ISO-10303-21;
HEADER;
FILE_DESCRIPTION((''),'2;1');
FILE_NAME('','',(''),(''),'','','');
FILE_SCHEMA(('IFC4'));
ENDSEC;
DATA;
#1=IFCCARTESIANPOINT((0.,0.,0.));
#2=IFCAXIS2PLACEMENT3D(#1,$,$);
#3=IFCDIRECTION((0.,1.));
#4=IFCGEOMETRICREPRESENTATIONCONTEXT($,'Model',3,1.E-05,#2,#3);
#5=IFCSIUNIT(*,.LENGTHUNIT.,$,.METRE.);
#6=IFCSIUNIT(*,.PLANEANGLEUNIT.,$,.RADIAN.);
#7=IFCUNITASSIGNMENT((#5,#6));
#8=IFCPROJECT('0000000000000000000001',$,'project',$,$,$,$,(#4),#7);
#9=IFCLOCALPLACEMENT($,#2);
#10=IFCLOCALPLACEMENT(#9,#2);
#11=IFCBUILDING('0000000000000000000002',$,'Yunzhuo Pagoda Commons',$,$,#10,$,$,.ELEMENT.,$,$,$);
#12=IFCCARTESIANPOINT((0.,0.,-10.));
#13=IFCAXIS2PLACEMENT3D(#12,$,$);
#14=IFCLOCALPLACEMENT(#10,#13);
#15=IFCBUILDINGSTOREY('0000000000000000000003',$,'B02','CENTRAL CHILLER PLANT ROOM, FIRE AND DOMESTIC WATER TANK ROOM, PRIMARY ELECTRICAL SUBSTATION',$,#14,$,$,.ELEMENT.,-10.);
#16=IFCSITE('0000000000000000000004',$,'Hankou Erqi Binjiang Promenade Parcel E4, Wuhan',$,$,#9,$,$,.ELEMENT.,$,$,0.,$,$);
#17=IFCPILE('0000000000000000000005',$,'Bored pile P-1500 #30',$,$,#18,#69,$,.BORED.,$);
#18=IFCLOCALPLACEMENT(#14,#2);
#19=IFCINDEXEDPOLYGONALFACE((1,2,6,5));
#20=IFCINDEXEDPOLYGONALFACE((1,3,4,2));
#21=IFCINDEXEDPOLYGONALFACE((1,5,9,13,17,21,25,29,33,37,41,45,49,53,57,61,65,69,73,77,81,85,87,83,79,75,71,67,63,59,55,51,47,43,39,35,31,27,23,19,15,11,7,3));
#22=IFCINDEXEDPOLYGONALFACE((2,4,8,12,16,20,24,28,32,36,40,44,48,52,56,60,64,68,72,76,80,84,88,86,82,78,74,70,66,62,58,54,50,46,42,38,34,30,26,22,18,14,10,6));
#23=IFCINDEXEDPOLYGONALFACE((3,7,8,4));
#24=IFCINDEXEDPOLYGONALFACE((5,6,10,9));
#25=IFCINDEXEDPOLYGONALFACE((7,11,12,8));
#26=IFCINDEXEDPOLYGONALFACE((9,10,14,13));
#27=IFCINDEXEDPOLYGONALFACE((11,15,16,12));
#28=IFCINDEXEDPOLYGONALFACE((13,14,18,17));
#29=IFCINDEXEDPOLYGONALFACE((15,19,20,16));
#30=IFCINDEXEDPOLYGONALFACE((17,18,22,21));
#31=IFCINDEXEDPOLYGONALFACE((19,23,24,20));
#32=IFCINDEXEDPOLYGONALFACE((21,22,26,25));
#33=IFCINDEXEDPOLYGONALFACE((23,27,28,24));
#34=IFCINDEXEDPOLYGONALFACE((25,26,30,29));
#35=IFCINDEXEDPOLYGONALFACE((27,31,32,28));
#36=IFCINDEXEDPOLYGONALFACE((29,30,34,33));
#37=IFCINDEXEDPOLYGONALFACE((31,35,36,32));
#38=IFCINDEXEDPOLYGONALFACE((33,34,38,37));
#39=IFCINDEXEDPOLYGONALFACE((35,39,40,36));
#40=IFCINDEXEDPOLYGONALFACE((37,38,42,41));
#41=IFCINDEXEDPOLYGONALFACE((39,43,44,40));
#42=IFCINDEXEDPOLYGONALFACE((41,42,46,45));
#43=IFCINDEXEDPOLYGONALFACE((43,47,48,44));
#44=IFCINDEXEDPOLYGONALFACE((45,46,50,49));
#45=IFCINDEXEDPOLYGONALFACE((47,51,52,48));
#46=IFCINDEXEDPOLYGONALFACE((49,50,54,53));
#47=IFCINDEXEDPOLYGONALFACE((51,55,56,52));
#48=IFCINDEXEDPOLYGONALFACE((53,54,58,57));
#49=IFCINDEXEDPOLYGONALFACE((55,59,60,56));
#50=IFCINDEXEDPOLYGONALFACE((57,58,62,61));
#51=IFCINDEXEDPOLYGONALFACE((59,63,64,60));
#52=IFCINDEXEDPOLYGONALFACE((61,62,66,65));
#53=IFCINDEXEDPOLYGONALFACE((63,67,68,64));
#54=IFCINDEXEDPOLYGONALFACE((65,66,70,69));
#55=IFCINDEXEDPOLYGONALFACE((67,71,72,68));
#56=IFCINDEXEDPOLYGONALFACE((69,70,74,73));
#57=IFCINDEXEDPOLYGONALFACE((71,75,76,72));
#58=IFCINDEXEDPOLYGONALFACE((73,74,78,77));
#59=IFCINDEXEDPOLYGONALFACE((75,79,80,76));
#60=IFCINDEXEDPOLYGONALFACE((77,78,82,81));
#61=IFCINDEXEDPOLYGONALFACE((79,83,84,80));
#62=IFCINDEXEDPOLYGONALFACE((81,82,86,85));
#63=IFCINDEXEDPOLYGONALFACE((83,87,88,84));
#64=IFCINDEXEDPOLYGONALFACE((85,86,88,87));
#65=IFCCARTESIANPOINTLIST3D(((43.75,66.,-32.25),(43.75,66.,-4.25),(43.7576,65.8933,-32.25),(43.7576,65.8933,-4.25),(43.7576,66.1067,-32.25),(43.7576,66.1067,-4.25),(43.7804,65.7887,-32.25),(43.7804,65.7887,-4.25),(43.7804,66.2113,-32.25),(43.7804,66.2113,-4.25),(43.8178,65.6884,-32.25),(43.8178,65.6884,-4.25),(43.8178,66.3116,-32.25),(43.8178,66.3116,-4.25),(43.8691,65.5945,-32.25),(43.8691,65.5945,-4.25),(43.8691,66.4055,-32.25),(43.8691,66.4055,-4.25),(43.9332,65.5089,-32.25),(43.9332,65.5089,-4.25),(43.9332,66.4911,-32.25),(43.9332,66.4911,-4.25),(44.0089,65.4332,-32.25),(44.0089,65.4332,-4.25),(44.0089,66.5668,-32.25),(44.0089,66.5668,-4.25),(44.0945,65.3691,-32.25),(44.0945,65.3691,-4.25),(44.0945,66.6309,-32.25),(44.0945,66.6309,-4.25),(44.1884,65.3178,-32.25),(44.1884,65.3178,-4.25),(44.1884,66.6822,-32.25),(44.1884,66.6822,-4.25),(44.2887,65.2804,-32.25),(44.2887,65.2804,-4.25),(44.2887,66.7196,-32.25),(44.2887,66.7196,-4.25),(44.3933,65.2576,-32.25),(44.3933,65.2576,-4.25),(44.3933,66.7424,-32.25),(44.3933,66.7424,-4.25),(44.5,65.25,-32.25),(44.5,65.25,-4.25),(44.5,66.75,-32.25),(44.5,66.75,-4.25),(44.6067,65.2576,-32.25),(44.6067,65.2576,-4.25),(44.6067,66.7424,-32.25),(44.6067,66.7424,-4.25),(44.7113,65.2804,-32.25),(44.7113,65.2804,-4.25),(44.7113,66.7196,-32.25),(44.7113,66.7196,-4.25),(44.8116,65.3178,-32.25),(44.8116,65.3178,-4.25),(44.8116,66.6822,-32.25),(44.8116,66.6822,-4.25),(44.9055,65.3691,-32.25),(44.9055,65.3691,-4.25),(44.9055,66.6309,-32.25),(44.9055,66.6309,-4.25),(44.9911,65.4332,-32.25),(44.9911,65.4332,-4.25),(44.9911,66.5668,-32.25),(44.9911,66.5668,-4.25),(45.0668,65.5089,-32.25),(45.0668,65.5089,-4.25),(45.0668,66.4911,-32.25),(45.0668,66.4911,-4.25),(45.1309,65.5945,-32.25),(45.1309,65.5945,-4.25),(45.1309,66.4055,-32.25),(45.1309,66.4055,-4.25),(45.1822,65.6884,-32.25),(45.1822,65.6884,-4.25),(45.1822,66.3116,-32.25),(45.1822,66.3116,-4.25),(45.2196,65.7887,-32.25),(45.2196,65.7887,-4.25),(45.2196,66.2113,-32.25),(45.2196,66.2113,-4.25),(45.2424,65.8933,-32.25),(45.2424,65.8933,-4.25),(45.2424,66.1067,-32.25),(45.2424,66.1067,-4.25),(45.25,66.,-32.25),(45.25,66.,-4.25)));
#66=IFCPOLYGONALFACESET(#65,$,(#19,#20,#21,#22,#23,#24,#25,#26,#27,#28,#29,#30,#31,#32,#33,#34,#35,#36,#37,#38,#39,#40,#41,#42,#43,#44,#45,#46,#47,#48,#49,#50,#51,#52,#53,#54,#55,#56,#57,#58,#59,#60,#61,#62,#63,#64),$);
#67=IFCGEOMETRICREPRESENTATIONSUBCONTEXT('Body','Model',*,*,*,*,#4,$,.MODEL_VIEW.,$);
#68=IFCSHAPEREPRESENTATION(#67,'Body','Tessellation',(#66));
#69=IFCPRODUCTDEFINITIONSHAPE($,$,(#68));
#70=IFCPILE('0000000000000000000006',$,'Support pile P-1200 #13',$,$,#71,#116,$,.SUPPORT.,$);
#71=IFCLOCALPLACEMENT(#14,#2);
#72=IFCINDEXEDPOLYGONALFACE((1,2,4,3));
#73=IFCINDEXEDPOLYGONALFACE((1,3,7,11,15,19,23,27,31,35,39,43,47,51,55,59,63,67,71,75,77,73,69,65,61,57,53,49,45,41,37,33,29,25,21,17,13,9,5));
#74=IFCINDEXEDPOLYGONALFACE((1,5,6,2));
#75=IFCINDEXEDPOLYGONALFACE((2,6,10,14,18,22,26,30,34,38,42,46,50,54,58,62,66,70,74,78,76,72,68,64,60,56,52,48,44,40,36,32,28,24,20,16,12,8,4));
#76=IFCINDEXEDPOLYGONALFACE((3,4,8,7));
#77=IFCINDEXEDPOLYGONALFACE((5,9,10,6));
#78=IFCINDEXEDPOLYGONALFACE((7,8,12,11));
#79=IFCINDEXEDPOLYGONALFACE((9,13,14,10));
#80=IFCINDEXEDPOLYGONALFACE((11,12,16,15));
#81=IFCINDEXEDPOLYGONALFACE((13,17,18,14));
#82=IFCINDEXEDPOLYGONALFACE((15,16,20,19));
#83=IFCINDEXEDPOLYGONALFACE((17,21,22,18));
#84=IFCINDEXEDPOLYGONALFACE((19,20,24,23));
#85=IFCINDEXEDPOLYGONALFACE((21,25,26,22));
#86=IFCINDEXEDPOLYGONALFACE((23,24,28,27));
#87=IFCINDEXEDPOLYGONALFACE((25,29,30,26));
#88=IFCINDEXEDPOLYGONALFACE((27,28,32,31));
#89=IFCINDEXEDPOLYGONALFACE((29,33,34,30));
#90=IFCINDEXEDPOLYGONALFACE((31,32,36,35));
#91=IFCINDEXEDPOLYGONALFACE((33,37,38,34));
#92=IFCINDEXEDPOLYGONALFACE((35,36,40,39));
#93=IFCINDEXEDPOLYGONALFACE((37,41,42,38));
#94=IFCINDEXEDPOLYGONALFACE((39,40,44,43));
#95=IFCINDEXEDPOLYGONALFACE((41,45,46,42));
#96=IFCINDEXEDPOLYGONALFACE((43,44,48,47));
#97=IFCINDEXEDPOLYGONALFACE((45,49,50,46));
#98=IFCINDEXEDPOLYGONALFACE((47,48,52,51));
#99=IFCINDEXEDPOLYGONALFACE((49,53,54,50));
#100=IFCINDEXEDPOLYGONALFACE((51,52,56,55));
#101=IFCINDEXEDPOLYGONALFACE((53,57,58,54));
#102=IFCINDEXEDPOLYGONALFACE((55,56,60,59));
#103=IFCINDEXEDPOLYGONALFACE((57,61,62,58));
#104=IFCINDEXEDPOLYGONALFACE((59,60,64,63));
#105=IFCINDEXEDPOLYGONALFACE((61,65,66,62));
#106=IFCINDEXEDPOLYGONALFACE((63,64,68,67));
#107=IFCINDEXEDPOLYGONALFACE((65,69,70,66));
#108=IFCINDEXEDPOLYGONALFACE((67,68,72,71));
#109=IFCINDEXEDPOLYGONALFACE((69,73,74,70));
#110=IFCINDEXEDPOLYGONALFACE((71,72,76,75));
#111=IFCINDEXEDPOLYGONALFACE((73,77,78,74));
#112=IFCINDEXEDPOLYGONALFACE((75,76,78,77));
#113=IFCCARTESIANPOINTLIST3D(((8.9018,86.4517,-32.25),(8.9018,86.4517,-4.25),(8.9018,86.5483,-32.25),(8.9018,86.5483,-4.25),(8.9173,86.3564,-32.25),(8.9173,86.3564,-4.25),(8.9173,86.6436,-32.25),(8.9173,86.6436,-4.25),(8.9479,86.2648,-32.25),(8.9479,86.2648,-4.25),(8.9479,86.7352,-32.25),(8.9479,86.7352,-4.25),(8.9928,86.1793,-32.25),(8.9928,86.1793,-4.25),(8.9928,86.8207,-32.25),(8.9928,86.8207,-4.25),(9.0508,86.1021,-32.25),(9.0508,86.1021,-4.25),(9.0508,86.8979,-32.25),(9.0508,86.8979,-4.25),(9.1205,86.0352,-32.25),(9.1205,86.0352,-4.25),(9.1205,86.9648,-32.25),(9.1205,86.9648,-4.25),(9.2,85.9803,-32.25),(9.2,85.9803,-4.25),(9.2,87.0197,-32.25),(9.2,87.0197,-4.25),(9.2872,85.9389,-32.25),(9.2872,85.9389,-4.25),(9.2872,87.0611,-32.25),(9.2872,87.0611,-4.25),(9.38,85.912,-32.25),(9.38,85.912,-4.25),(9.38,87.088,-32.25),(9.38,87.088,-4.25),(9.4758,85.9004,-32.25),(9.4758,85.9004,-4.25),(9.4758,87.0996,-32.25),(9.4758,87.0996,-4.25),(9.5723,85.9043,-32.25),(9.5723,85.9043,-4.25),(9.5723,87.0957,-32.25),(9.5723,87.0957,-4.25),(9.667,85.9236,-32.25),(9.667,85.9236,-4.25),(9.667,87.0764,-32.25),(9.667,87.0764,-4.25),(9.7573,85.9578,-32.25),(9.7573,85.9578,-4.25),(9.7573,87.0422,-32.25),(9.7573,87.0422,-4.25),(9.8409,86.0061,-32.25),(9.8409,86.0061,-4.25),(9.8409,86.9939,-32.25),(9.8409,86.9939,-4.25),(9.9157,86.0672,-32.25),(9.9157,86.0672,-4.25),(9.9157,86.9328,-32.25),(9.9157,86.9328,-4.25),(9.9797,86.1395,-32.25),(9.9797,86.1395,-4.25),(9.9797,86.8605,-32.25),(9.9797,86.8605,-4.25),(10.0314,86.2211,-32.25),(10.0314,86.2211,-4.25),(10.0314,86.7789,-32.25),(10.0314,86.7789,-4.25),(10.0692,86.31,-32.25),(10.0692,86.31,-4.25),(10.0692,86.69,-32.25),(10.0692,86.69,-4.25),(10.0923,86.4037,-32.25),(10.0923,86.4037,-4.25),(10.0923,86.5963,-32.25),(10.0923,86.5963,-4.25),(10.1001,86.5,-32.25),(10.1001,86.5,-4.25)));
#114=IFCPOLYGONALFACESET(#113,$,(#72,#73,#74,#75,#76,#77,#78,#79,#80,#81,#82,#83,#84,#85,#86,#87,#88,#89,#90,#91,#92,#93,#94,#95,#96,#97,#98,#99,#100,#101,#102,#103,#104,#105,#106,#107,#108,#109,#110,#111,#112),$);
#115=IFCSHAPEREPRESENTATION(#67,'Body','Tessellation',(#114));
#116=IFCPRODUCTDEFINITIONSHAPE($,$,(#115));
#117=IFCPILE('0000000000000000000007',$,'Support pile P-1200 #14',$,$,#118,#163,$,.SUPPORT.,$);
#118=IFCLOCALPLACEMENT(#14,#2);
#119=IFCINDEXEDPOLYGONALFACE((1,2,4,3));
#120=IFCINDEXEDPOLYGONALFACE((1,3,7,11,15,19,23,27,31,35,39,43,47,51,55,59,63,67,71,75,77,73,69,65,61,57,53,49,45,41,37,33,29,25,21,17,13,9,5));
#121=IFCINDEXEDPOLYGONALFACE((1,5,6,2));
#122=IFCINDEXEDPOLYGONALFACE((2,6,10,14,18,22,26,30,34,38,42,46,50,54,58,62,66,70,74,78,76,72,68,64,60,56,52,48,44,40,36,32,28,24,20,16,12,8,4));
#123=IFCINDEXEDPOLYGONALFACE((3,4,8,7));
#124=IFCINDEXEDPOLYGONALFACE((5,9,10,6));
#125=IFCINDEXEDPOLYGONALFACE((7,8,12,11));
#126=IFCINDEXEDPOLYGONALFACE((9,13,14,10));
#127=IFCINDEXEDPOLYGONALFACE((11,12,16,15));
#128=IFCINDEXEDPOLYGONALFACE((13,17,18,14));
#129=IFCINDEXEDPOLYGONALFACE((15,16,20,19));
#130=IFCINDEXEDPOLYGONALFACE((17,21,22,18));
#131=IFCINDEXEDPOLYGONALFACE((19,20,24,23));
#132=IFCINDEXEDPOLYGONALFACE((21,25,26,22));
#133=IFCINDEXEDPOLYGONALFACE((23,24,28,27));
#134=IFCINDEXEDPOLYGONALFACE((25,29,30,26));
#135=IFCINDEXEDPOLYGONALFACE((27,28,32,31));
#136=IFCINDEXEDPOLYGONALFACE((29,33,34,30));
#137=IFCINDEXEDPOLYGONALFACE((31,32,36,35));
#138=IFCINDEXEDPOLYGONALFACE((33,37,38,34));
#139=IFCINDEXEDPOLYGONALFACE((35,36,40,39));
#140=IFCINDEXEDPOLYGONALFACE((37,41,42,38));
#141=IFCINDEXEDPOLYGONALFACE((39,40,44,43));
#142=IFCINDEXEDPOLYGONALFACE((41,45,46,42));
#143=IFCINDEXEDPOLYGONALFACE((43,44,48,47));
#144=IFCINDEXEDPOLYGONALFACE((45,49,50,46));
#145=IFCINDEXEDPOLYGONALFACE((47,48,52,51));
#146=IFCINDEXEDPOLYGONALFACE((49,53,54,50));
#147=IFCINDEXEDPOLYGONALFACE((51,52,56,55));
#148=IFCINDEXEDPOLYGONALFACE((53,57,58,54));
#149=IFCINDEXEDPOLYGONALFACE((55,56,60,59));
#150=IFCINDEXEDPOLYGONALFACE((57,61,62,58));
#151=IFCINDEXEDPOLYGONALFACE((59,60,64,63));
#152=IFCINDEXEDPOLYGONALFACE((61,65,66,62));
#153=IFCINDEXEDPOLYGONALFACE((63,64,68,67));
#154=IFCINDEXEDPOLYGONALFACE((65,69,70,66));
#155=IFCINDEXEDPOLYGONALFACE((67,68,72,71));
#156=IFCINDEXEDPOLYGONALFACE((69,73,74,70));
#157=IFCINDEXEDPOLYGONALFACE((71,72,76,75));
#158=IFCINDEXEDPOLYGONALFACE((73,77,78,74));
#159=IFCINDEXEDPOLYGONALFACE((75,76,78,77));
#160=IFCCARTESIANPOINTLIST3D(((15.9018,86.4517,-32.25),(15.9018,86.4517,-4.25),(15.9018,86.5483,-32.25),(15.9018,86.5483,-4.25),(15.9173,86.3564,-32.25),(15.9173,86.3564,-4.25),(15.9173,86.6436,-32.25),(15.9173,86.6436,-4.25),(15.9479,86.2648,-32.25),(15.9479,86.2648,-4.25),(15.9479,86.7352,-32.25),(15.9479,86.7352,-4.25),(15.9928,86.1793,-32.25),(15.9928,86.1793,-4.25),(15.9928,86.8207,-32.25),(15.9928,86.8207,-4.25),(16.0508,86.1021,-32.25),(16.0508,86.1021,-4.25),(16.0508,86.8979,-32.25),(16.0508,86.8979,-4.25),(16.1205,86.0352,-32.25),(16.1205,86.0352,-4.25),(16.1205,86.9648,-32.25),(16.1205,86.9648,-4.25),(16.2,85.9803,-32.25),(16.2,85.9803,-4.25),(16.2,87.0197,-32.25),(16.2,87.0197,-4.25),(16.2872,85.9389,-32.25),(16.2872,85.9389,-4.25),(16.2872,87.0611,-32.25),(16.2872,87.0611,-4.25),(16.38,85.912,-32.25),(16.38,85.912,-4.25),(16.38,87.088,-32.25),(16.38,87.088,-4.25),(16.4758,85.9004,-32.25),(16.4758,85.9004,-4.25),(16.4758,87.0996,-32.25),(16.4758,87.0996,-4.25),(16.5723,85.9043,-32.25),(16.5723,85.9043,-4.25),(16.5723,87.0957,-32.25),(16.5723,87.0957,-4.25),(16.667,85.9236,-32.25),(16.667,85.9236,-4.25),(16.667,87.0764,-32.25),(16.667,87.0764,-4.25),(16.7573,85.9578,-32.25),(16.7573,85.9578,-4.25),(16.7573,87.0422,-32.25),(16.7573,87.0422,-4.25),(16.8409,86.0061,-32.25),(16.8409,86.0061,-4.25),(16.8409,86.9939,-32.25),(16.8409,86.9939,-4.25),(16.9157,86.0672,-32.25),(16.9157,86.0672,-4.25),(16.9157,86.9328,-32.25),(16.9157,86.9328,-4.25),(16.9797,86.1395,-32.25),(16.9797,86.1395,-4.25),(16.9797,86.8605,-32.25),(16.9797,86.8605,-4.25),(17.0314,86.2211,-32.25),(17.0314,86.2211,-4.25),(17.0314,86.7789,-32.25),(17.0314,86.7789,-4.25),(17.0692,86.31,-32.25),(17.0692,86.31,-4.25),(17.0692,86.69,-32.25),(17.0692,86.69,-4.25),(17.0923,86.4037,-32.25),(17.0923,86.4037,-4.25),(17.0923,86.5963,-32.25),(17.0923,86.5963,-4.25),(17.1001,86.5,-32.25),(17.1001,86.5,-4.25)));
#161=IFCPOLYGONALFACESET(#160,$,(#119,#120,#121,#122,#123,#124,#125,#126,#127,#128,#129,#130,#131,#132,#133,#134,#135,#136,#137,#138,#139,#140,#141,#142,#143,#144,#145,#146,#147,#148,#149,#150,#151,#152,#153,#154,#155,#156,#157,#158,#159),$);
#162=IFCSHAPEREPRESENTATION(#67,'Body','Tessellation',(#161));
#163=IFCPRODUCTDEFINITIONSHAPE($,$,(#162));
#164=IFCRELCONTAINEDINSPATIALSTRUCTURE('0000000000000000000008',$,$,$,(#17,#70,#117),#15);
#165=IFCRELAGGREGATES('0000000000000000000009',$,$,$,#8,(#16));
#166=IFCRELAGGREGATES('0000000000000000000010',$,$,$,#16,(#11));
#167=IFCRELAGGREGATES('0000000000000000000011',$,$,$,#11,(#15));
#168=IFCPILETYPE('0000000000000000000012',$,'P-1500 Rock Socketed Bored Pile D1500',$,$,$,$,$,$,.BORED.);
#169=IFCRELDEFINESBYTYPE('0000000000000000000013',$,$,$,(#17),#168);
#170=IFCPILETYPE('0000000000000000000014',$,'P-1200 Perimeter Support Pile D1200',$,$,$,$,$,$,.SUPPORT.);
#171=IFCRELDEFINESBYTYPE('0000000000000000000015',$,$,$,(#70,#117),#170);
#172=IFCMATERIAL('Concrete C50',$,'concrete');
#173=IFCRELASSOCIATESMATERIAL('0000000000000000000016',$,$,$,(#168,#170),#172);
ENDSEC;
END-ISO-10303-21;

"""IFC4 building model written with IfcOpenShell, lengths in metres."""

from ifc_helpers import new_model, si_unit, direction, frame, origin, origin_2d, place, context, subcontext, project, spatial, circle, extrude, source, transform, mapped, material, material_profile, profile_set, type_object, element, save


model = new_model("IFC4")

# Units and contexts
model_context = context("Model", 3, precision=1e-05, world=origin(), true_north=direction((0.0, 1.0)))
body_context = subcontext(model_context, "Body", "Model", "MODEL_VIEW")
ifc_project = project(units=[si_unit("LENGTHUNIT", "METRE"), si_unit("PLANEANGLEUNIT", "RADIAN")], contexts=[model_context])

# Site, building, storey
site_placement = place(None, origin())
site = spatial("IfcSite", under=ifc_project, at=site_placement, Name="Hankou Erqi Binjiang Promenade Parcel E4, Wuhan", CompositionType="ELEMENT", RefElevation=0.0)
building_placement = place(site_placement, origin())
building = spatial("IfcBuilding", under=site, at=building_placement, Name="Yunzhuo Pagoda Commons", CompositionType="ELEMENT")
storey_placement = place(building_placement, frame((0.0, 0.0, -10.0)))
storey = spatial("IfcBuildingStorey", under=building, at=storey_placement, Name="B02", Description="CENTRAL CHILLER PLANT ROOM, FIRE AND DOMESTIC WATER TANK ROOM, PRIMARY ELECTRICAL SUBSTATION", CompositionType="ELEMENT", Elevation=-10.0)

# Piles
ifc_material_1 = material(Name="Concrete C50", Category="concrete")
ifc_material_profile_1 = material_profile(ifc_material_1, circle(Radius=0.75, at=origin_2d()), Name="Concrete C50")
ifc_profile_set_1 = profile_set([ifc_material_profile_1], Name="Concrete C50")
pile_type_1 = type_object("IfcPileType", Name="P-1500 Rock Socketed Bored Pile D1500", PredefinedType="BORED", material=ifc_profile_set_1)
shared_shape_1 = source(origin(), body_context, "Body", "SweptSolid", [
    extrude(circle(Radius=0.75, at=origin_2d()), origin(), (0.0, 0.0, 1.0), 28.0),
])
for number, where, z_axis, x_axis, name in (
    (1, (44.5, 66.0, -4.25), (0.0, 0.0, -1.0), (1.0, 0.0, 0.0), "Bored pile P-1500 #30"),
):
    element("IfcPile", number, at=place(storey_placement, frame(where, z_axis=z_axis, x_axis=x_axis)), inside=storey, type_object=pile_type_1, Name=name, PredefinedType="BORED", context=body_context, shape_type="MappedRepresentation", body=[
        mapped(shared_shape_1, transform((0.0, 0.0, 0.0), scale=1.0)),
    ])
ifc_material_profile_2 = material_profile(ifc_material_1, circle(Radius=0.6001, at=origin_2d()), Name="Concrete C50")
ifc_profile_set_2 = profile_set([ifc_material_profile_2], Name="Concrete C50")
pile_type_2 = type_object("IfcPileType", Name="P-1200 Perimeter Support Pile D1200", PredefinedType="SUPPORT", material=ifc_profile_set_2)
shared_shape_2 = source(origin(), body_context, "Body", "SweptSolid", [
    extrude(circle(Radius=0.6001, at=origin_2d()), origin(), (0.0, 0.0, 1.0), 28.0),
])
for number, where, z_axis, x_axis, name in (
    (2, (9.5, 86.5, -4.25), (0.0, 0.0, -1.0), (1.0, 0.0, 0.0), "Support pile P-1200 #13"),
    (3, (16.5, 86.5, -4.25), (0.0, 0.0, -1.0), (1.0, 0.0, 0.0), "Support pile P-1200 #14"),
):
    element("IfcPile", number, at=place(storey_placement, frame(where, z_axis=z_axis, x_axis=x_axis)), inside=storey, type_object=pile_type_2, Name=name, PredefinedType="SUPPORT", context=body_context, shape_type="MappedRepresentation", body=[
        mapped(shared_shape_2, transform((0.0, 0.0, 0.0), scale=1.0)),
    ])

save(model, "model.ifc")
